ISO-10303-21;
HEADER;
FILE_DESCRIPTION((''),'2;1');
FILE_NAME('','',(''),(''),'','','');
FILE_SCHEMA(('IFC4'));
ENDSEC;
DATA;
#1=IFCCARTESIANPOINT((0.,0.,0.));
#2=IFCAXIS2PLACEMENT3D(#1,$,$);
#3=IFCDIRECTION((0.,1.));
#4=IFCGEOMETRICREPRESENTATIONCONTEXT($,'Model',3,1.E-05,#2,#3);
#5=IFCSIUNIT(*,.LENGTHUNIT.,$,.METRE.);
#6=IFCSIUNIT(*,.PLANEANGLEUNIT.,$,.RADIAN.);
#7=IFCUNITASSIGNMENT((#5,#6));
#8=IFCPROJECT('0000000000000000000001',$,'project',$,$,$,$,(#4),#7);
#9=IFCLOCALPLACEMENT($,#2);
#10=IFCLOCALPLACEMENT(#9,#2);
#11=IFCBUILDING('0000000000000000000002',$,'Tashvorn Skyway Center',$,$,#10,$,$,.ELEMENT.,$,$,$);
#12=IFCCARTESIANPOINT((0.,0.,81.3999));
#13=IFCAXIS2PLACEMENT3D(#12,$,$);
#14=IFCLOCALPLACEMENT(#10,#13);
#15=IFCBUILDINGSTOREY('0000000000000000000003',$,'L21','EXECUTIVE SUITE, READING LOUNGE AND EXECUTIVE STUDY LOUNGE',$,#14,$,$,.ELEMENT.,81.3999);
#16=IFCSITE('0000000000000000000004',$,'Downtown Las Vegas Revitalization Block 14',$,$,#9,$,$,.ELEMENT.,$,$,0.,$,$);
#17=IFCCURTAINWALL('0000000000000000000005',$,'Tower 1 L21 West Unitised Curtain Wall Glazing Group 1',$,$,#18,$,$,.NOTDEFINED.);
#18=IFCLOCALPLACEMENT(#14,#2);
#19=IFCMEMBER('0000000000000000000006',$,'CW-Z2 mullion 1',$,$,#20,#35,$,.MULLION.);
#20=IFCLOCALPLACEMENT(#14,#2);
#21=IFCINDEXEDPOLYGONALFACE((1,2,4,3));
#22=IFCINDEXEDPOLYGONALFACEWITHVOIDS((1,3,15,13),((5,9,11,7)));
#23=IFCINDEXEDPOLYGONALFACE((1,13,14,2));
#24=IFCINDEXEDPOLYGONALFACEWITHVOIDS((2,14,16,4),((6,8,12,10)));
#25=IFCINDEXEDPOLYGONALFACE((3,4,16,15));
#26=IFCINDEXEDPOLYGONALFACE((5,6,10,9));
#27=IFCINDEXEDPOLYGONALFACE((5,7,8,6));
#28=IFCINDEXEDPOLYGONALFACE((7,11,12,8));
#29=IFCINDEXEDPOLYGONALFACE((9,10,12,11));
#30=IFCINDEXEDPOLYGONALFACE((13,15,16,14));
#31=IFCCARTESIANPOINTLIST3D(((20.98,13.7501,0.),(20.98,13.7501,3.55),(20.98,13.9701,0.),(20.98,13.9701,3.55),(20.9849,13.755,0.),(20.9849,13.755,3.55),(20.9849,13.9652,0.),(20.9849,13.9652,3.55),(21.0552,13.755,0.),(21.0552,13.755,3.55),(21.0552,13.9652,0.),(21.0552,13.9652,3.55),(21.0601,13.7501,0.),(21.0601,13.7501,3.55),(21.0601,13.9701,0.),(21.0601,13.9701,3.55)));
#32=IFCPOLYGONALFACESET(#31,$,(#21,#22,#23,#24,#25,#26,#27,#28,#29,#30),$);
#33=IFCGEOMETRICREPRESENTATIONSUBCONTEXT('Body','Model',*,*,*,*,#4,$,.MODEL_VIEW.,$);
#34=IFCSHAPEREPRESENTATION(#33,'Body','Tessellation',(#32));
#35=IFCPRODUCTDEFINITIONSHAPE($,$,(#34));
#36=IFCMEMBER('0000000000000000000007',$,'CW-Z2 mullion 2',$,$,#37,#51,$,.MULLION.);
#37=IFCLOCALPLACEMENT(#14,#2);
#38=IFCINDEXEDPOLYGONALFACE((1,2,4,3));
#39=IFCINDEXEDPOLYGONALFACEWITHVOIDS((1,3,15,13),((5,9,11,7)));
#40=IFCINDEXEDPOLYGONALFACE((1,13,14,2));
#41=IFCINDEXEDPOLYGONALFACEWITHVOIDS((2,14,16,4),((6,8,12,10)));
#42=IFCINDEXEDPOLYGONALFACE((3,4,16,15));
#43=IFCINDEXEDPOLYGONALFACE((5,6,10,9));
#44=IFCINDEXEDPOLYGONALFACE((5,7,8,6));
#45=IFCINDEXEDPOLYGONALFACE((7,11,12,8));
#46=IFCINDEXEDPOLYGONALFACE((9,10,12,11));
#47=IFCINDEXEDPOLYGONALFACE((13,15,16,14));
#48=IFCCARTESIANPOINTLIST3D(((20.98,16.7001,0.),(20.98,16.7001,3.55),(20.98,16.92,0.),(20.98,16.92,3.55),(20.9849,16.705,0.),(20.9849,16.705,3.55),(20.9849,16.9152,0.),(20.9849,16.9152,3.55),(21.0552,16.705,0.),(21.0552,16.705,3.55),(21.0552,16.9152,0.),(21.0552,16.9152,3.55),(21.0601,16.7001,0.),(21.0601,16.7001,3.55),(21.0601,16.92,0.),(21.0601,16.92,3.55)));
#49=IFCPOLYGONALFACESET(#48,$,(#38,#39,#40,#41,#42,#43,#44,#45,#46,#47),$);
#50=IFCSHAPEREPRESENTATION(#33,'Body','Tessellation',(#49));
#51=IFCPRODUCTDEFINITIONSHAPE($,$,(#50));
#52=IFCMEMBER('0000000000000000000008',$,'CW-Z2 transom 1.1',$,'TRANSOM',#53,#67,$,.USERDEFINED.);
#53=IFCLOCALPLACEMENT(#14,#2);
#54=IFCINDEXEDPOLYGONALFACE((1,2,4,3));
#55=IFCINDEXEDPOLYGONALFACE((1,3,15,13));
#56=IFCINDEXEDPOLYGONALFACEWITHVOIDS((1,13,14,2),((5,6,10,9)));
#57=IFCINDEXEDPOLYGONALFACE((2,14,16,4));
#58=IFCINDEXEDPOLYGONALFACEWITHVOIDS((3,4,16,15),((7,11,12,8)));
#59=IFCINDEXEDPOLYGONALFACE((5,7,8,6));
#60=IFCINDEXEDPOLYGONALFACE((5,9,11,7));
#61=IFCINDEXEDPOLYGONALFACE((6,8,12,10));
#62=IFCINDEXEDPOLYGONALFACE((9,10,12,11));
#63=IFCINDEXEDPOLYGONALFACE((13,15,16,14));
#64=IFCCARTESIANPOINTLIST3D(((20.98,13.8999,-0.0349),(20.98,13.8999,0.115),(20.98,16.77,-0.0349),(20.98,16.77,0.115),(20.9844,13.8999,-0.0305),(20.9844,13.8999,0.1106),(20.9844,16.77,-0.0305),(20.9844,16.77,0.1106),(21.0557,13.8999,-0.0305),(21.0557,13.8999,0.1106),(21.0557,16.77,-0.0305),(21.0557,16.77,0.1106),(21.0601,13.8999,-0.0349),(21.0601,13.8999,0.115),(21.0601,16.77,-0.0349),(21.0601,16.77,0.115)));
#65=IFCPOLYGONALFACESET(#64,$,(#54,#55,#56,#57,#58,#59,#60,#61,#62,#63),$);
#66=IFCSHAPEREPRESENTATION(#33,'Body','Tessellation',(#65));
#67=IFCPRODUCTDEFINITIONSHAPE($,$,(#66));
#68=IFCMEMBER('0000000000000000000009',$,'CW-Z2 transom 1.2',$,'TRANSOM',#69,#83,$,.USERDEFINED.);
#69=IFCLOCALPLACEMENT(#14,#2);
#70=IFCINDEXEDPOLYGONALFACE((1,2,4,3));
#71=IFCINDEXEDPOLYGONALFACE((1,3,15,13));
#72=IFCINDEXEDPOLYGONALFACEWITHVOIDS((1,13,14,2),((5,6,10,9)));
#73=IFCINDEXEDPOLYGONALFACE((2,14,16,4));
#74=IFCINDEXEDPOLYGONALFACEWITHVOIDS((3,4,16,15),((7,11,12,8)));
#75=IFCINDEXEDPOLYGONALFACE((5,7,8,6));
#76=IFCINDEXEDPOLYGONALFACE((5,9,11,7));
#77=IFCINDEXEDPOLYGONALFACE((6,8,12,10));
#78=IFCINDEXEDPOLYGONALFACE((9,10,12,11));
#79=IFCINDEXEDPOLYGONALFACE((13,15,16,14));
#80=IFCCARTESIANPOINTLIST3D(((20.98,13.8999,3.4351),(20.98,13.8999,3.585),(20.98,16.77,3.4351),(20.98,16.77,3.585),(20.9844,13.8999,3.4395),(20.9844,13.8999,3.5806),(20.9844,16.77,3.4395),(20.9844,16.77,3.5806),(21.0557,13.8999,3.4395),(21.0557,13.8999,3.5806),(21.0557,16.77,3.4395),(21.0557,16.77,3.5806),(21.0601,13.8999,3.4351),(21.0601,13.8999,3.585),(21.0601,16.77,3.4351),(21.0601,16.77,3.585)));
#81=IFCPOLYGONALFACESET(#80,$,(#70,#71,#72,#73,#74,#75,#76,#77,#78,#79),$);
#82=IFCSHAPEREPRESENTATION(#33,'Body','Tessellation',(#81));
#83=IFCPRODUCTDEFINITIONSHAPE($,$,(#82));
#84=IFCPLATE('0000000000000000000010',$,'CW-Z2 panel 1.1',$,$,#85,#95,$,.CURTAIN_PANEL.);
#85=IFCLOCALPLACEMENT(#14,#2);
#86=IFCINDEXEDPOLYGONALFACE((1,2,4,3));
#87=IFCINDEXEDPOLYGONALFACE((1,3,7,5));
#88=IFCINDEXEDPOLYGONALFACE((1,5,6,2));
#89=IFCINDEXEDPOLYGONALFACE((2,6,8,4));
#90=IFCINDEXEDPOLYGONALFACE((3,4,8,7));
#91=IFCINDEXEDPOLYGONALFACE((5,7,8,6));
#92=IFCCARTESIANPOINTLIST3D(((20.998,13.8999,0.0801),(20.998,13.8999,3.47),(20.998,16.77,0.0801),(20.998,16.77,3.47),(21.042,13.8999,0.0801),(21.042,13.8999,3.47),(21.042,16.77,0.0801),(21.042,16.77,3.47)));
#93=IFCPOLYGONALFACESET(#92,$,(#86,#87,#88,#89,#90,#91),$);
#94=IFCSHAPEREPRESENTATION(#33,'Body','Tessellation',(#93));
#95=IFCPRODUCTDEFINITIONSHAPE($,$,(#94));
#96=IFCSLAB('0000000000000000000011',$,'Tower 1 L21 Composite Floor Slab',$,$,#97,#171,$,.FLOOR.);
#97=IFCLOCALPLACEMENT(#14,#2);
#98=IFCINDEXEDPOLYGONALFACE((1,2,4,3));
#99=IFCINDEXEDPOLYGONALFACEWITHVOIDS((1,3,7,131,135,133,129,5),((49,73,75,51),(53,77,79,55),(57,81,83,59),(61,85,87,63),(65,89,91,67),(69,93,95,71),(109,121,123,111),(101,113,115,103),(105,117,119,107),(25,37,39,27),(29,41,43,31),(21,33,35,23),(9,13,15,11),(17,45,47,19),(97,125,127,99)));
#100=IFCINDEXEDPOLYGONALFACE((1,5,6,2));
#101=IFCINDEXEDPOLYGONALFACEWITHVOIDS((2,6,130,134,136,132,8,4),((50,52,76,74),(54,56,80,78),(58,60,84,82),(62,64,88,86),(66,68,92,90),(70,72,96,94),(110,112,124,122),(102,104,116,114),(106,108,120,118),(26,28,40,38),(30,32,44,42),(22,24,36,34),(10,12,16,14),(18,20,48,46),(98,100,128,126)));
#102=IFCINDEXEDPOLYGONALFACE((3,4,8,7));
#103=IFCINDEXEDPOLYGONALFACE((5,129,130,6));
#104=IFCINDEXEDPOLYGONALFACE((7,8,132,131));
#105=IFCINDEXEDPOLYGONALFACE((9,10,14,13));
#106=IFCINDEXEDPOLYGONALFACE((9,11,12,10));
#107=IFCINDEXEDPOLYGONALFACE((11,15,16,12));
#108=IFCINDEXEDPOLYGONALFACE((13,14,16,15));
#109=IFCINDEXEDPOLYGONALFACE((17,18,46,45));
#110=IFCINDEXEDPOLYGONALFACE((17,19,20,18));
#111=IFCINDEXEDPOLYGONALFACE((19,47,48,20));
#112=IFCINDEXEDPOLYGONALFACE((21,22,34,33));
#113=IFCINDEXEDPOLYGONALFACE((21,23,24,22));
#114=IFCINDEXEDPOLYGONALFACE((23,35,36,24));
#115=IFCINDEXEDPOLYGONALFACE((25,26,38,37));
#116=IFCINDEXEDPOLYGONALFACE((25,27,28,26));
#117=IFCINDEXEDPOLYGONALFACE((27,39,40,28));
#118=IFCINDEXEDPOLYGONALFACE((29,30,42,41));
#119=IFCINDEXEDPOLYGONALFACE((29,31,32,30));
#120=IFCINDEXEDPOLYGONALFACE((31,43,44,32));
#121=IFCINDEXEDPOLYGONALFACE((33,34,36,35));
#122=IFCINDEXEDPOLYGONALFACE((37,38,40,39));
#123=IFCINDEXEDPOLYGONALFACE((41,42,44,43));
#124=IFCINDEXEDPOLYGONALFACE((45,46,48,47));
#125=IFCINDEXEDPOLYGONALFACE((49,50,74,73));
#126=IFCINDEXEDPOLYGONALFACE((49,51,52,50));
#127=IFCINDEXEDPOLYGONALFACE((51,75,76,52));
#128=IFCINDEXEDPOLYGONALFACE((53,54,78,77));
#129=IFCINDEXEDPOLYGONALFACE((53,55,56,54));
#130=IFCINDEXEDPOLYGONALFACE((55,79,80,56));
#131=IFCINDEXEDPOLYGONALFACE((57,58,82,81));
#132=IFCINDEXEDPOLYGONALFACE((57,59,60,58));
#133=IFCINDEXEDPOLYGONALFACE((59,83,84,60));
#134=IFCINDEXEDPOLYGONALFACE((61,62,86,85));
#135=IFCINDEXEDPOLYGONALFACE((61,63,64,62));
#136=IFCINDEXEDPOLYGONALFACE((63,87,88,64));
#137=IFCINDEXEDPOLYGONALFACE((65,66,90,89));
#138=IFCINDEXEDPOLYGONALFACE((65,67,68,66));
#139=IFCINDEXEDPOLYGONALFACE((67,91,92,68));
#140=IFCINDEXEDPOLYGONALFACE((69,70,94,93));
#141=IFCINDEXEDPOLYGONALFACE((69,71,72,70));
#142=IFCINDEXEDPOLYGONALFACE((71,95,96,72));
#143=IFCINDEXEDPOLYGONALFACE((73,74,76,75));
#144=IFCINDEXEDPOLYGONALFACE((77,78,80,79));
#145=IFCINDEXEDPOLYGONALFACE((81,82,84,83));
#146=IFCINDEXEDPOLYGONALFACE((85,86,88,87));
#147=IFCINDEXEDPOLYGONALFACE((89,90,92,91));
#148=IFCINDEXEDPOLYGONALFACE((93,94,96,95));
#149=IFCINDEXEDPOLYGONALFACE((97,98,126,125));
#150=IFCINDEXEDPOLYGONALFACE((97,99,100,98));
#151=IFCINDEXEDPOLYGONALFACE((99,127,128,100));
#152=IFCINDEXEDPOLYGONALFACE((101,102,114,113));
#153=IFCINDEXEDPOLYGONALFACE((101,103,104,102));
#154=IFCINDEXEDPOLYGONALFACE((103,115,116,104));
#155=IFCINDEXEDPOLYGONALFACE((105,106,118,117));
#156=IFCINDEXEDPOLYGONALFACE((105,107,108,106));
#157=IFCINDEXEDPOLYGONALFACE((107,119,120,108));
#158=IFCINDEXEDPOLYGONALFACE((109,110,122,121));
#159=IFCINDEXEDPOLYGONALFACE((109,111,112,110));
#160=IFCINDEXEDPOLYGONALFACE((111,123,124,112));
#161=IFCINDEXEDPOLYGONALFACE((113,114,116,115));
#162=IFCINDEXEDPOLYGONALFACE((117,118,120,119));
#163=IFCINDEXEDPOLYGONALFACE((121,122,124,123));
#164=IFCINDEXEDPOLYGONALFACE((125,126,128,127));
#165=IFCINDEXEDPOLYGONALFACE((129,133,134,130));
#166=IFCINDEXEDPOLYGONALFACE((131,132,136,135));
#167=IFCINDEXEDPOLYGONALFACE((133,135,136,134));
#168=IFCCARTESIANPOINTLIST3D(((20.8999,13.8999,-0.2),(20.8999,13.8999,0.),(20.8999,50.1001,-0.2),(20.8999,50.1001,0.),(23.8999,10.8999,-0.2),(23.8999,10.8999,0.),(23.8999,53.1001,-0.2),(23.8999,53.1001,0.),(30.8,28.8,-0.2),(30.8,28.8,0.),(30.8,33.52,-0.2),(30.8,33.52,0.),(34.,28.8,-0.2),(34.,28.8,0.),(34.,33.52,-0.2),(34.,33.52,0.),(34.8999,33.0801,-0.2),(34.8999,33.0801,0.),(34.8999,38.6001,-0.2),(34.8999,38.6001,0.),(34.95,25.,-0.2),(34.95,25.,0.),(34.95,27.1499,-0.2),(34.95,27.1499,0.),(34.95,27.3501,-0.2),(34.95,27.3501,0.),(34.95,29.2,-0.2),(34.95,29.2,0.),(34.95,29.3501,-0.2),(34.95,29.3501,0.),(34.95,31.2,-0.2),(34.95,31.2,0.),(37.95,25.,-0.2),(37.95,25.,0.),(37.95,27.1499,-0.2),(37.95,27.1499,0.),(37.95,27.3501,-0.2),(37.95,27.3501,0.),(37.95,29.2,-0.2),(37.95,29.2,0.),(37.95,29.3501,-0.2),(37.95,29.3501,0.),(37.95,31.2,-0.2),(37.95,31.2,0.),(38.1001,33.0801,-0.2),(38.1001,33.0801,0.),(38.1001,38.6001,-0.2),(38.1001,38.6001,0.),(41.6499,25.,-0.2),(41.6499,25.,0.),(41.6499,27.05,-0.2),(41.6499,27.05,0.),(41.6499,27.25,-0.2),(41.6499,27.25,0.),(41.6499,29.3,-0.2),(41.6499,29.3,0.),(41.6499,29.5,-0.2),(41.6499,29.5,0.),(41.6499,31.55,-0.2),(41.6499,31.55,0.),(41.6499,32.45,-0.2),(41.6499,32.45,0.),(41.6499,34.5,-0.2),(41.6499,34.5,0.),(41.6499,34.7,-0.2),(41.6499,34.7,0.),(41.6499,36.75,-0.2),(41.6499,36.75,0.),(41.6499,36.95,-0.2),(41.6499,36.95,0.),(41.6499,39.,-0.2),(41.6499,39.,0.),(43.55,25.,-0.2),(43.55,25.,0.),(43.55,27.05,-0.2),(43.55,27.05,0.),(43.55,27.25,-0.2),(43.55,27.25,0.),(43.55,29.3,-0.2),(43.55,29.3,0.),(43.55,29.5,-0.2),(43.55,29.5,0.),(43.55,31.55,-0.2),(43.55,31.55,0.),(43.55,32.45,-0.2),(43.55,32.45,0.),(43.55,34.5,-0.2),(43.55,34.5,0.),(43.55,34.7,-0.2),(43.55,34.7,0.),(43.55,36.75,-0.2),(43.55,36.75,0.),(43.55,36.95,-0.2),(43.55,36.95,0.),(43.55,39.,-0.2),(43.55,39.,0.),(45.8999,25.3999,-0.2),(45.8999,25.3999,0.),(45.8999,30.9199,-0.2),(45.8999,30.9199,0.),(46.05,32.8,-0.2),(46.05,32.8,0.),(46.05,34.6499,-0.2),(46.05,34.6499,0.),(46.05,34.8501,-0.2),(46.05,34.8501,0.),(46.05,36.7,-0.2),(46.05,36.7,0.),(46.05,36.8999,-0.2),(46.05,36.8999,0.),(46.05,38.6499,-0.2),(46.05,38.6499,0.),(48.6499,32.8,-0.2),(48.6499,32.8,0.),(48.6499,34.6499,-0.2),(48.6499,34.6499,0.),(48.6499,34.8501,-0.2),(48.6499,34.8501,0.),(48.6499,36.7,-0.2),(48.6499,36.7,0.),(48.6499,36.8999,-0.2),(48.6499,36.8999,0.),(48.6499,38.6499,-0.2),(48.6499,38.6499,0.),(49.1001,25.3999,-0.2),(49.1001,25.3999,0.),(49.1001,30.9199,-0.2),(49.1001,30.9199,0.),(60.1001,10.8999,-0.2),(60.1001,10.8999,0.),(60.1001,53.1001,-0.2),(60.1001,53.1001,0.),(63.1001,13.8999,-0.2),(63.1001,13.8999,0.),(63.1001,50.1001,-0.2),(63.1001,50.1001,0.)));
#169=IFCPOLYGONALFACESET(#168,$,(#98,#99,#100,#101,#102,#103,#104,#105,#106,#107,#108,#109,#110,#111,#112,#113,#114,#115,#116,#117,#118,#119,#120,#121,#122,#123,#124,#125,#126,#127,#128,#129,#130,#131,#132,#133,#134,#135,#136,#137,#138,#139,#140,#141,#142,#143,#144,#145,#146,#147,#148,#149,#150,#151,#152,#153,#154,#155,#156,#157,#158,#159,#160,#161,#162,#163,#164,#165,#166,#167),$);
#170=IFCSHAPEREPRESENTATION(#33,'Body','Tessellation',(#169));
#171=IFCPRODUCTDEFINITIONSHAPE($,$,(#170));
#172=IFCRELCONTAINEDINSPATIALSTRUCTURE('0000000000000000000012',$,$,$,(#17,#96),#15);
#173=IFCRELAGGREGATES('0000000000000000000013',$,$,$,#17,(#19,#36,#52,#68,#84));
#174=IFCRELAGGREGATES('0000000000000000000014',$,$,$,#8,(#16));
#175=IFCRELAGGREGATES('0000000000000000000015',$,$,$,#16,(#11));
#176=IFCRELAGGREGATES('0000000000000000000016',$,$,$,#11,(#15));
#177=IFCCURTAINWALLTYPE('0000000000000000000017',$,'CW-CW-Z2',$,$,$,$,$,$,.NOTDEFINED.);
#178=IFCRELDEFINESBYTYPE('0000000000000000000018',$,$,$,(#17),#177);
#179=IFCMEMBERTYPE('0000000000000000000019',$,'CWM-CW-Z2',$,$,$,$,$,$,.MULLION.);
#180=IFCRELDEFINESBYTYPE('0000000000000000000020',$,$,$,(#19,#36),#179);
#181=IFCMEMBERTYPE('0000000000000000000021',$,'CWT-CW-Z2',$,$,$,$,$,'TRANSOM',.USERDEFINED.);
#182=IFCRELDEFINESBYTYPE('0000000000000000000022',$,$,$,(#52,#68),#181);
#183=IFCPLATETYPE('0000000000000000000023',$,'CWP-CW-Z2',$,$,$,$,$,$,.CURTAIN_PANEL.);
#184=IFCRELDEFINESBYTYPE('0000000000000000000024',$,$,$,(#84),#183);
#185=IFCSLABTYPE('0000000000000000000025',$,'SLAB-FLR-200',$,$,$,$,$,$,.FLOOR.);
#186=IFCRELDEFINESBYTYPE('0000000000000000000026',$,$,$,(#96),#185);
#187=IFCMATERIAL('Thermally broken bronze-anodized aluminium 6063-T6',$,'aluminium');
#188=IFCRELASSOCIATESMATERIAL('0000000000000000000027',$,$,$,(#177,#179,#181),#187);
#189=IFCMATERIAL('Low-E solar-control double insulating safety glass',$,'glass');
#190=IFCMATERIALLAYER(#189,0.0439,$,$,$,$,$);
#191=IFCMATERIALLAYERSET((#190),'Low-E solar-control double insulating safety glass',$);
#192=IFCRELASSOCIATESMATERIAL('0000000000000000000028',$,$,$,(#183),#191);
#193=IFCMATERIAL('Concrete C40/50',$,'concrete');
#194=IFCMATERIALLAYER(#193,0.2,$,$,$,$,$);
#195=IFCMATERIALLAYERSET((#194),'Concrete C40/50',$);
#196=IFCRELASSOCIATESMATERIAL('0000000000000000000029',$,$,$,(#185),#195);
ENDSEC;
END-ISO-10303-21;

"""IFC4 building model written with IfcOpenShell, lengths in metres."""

from ifc_helpers import new_model, si_unit, direction, frame, origin, origin_2d, place, context, subcontext, project, spatial, polyline, rectangle, hollow_rectangle, outline, extrude, material, layer, layer_set, material_profile, profile_set, type_object, element, aggregate, save


model = new_model("IFC4")

# Units and contexts
model_context = context("Model", 3, precision=1e-05, world=origin(), true_north=direction((0.0, 1.0)))
body_context = subcontext(model_context, "Body", "Model", "MODEL_VIEW")
ifc_project = project(units=[si_unit("LENGTHUNIT", "METRE"), si_unit("PLANEANGLEUNIT", "RADIAN")], contexts=[model_context])

# Site, building, storey
site_placement = place(None, origin())
site = spatial("IfcSite", under=ifc_project, at=site_placement, Name="Downtown Las Vegas Revitalization Block 14", CompositionType="ELEMENT", RefElevation=0.0)
building_placement = place(site_placement, origin())
building = spatial("IfcBuilding", under=site, at=building_placement, Name="Tashvorn Skyway Center", CompositionType="ELEMENT")
storey_placement = place(building_placement, frame((0.0, 0.0, 81.3999)))
storey = spatial("IfcBuildingStorey", under=building, at=storey_placement, Name="L21", Description="EXECUTIVE SUITE, READING LOUNGE AND EXECUTIVE STUDY LOUNGE", CompositionType="ELEMENT", Elevation=81.3999)

# Curtain wall, members, plate
ifc_material_1 = material(Name="Thermally broken bronze-anodized aluminium 6063-T6", Category="aluminium")
curtain_wall_type = type_object("IfcCurtainWallType", Name="CW-CW-Z2", PredefinedType="NOTDEFINED", material=ifc_material_1)
curtain_wall_placement = place(storey_placement, origin())
curtain_wall = element("IfcCurtainWall", 1, at=curtain_wall_placement, inside=storey, type_object=curtain_wall_type, Name="Tower 1 L21 West Unitised Curtain Wall Glazing Group 1", PredefinedType="NOTDEFINED")
ifc_material_profile_1 = material_profile(ifc_material_1, hollow_rectangle(XDim=0.0801, YDim=0.22, WallThickness=0.0049, at=origin_2d()), Name="ALU-MULL-80x220")
ifc_profile_set_1 = profile_set([ifc_material_profile_1], Name="Thermally broken bronze-anodized aluminium 6063-T6")
member_type_1 = type_object("IfcMemberType", Name="CWM-CW-Z2", PredefinedType="MULLION", material=ifc_profile_set_1)
member_1_placement = place(storey_placement, frame((21.02, 13.8601, 0.0), z_axis=(0.0, 0.0, 1.0), x_axis=(-1.0, 0.0, 0.0)))
member_1 = element("IfcMember", 2, at=member_1_placement, type_object=member_type_1, Name="CW-Z2 mullion 1", PredefinedType="MULLION", context=body_context, shape_type="SweptSolid", body=[
    extrude(hollow_rectangle(XDim=0.0801, YDim=0.22, WallThickness=0.0049, at=origin_2d()), origin(), (0.0, 0.0, 1.0), 3.55),
])
member_2_placement = place(storey_placement, frame((21.02, 16.8101, 0.0), z_axis=(0.0, 0.0, 1.0), x_axis=(-1.0, 0.0, 0.0)))
member_2 = element("IfcMember", 3, at=member_2_placement, type_object=member_type_1, Name="CW-Z2 mullion 2", PredefinedType="MULLION", context=body_context, shape_type="SweptSolid", body=[
    extrude(hollow_rectangle(XDim=0.0801, YDim=0.22, WallThickness=0.0049, at=origin_2d()), origin(), (0.0, 0.0, 1.0), 3.55),
])
ifc_material_profile_2 = material_profile(ifc_material_1, hollow_rectangle(XDim=0.0801, YDim=0.1499, WallThickness=0.0044, at=origin_2d()), Name="ALU-TRAN-80x150")
ifc_profile_set_2 = profile_set([ifc_material_profile_2], Name="Thermally broken bronze-anodized aluminium 6063-T6")
member_type_2 = type_object("IfcMemberType", Name="CWT-CW-Z2", ElementType="TRANSOM", PredefinedType="USERDEFINED", material=ifc_profile_set_2)
member_3_placement = place(storey_placement, frame((21.02, 13.8999, 0.04), z_axis=(0.0, 1.0, 0.0), x_axis=(-1.0, 0.0, 0.0)))
member_3 = element("IfcMember", 4, at=member_3_placement, type_object=member_type_2, Name="CW-Z2 transom 1.1", ObjectType="TRANSOM", PredefinedType="USERDEFINED", context=body_context, shape_type="SweptSolid", body=[
    extrude(hollow_rectangle(XDim=0.0801, YDim=0.1499, WallThickness=0.0044, at=origin_2d()), origin(), (0.0, 0.0, 1.0), 2.8701),
])
member_4_placement = place(storey_placement, frame((21.02, 13.8999, 3.51), z_axis=(0.0, 1.0, 0.0), x_axis=(-1.0, 0.0, 0.0)))
member_4 = element("IfcMember", 5, at=member_4_placement, type_object=member_type_2, Name="CW-Z2 transom 1.2", ObjectType="TRANSOM", PredefinedType="USERDEFINED", context=body_context, shape_type="SweptSolid", body=[
    extrude(hollow_rectangle(XDim=0.0801, YDim=0.1499, WallThickness=0.0044, at=origin_2d()), origin(), (0.0, 0.0, 1.0), 2.8701),
])
ifc_material_2 = material(Name="Low-E solar-control double insulating safety glass", Category="glass")
ifc_layer_1 = layer(ifc_material_2, 0.0439)
ifc_layer_set_1 = layer_set([ifc_layer_1], Name="Low-E solar-control double insulating safety glass")
plate_type = type_object("IfcPlateType", Name="CWP-CW-Z2", PredefinedType="CURTAIN_PANEL", material=ifc_layer_set_1)
plate_placement = place(storey_placement, frame((21.02, 15.335, 0.0801), z_axis=(0.0, 0.0, 1.0), x_axis=(0.0, 1.0, 0.0)))
plate = element("IfcPlate", 6, at=plate_placement, type_object=plate_type, Name="CW-Z2 panel 1.1", PredefinedType="CURTAIN_PANEL", context=body_context, shape_type="SweptSolid", body=[
    extrude(rectangle(XDim=2.8701, YDim=0.0439, at=origin_2d()), origin(), (0.0, 0.0, 1.0), 3.3899),
])
aggregate(curtain_wall, [member_1, member_2, member_3, member_4, plate])

# Slab
ifc_material_3 = material(Name="Concrete C40/50", Category="concrete")
ifc_layer_2 = layer(ifc_material_3, 0.2)
ifc_layer_set_2 = layer_set([ifc_layer_2], Name="Concrete C40/50")
slab_type_1 = type_object("IfcSlabType", Name="SLAB-FLR-200", PredefinedType="FLOOR", material=ifc_layer_set_2)
slab_1_placement = place(storey_placement, frame((0.0, 0.0, -0.2)))
element("IfcSlab", 7, at=slab_1_placement, inside=storey, type_object=slab_type_1, Name="Tower 1 L21 Composite Floor Slab", PredefinedType="FLOOR", context=body_context, shape_type="SweptSolid", body=[
    extrude(outline(polyline([(23.8999, 10.8999), (60.1001, 10.8999), (63.1001, 13.8999), (63.1001, 50.1001), (60.1001, 53.1001), (23.8999, 53.1001), (20.8999, 50.1001), (20.8999, 13.8999), (23.8999, 10.8999)]), holes=[polyline([(38.1001, 33.0801), (38.1001, 38.6001), (34.8999, 38.6001), (34.8999, 33.0801), (38.1001, 33.0801)]), polyline([(45.8999, 30.9199), (45.8999, 25.3999), (49.1001, 25.3999), (49.1001, 30.9199), (45.8999, 30.9199)]), polyline([(30.8, 33.52), (30.8, 28.8), (34.0, 28.8), (34.0, 33.52), (30.8, 33.52)]), polyline([(34.95, 29.3501), (37.95, 29.3501), (37.95, 31.2), (34.95, 31.2), (34.95, 29.3501)]), polyline([(34.95, 27.3501), (37.95, 27.3501), (37.95, 29.2), (34.95, 29.2), (34.95, 27.3501)]), polyline([(34.95, 25.0), (37.95, 25.0), (37.95, 27.1499), (34.95, 27.1499), (34.95, 25.0)]), polyline([(41.6499, 25.0), (43.55, 25.0), (43.55, 27.05), (41.6499, 27.05), (41.6499, 25.0)]), polyline([(41.6499, 27.25), (43.55, 27.25), (43.55, 29.3), (41.6499, 29.3), (41.6499, 27.25)]), polyline([(41.6499, 29.5), (43.55, 29.5), (43.55, 31.55), (41.6499, 31.55), (41.6499, 29.5)]), polyline([(41.6499, 32.45), (43.55, 32.45), (43.55, 34.5), (41.6499, 34.5), (41.6499, 32.45)]), polyline([(41.6499, 34.7), (43.55, 34.7), (43.55, 36.75), (41.6499, 36.75), (41.6499, 34.7)]), polyline([(41.6499, 36.95), (43.55, 36.95), (43.55, 39.0), (41.6499, 39.0), (41.6499, 36.95)]), polyline([(46.05, 32.8), (48.6499, 32.8), (48.6499, 34.6499), (46.05, 34.6499), (46.05, 32.8)]), polyline([(46.05, 34.8501), (48.6499, 34.8501), (48.6499, 36.7), (46.05, 36.7), (46.05, 34.8501)]), polyline([(46.05, 36.8999), (48.6499, 36.8999), (48.6499, 38.6499), (46.05, 38.6499), (46.05, 36.8999)])]), origin(), (0.0, 0.0, 1.0), 0.2),
])

save(model, "model.ifc")
